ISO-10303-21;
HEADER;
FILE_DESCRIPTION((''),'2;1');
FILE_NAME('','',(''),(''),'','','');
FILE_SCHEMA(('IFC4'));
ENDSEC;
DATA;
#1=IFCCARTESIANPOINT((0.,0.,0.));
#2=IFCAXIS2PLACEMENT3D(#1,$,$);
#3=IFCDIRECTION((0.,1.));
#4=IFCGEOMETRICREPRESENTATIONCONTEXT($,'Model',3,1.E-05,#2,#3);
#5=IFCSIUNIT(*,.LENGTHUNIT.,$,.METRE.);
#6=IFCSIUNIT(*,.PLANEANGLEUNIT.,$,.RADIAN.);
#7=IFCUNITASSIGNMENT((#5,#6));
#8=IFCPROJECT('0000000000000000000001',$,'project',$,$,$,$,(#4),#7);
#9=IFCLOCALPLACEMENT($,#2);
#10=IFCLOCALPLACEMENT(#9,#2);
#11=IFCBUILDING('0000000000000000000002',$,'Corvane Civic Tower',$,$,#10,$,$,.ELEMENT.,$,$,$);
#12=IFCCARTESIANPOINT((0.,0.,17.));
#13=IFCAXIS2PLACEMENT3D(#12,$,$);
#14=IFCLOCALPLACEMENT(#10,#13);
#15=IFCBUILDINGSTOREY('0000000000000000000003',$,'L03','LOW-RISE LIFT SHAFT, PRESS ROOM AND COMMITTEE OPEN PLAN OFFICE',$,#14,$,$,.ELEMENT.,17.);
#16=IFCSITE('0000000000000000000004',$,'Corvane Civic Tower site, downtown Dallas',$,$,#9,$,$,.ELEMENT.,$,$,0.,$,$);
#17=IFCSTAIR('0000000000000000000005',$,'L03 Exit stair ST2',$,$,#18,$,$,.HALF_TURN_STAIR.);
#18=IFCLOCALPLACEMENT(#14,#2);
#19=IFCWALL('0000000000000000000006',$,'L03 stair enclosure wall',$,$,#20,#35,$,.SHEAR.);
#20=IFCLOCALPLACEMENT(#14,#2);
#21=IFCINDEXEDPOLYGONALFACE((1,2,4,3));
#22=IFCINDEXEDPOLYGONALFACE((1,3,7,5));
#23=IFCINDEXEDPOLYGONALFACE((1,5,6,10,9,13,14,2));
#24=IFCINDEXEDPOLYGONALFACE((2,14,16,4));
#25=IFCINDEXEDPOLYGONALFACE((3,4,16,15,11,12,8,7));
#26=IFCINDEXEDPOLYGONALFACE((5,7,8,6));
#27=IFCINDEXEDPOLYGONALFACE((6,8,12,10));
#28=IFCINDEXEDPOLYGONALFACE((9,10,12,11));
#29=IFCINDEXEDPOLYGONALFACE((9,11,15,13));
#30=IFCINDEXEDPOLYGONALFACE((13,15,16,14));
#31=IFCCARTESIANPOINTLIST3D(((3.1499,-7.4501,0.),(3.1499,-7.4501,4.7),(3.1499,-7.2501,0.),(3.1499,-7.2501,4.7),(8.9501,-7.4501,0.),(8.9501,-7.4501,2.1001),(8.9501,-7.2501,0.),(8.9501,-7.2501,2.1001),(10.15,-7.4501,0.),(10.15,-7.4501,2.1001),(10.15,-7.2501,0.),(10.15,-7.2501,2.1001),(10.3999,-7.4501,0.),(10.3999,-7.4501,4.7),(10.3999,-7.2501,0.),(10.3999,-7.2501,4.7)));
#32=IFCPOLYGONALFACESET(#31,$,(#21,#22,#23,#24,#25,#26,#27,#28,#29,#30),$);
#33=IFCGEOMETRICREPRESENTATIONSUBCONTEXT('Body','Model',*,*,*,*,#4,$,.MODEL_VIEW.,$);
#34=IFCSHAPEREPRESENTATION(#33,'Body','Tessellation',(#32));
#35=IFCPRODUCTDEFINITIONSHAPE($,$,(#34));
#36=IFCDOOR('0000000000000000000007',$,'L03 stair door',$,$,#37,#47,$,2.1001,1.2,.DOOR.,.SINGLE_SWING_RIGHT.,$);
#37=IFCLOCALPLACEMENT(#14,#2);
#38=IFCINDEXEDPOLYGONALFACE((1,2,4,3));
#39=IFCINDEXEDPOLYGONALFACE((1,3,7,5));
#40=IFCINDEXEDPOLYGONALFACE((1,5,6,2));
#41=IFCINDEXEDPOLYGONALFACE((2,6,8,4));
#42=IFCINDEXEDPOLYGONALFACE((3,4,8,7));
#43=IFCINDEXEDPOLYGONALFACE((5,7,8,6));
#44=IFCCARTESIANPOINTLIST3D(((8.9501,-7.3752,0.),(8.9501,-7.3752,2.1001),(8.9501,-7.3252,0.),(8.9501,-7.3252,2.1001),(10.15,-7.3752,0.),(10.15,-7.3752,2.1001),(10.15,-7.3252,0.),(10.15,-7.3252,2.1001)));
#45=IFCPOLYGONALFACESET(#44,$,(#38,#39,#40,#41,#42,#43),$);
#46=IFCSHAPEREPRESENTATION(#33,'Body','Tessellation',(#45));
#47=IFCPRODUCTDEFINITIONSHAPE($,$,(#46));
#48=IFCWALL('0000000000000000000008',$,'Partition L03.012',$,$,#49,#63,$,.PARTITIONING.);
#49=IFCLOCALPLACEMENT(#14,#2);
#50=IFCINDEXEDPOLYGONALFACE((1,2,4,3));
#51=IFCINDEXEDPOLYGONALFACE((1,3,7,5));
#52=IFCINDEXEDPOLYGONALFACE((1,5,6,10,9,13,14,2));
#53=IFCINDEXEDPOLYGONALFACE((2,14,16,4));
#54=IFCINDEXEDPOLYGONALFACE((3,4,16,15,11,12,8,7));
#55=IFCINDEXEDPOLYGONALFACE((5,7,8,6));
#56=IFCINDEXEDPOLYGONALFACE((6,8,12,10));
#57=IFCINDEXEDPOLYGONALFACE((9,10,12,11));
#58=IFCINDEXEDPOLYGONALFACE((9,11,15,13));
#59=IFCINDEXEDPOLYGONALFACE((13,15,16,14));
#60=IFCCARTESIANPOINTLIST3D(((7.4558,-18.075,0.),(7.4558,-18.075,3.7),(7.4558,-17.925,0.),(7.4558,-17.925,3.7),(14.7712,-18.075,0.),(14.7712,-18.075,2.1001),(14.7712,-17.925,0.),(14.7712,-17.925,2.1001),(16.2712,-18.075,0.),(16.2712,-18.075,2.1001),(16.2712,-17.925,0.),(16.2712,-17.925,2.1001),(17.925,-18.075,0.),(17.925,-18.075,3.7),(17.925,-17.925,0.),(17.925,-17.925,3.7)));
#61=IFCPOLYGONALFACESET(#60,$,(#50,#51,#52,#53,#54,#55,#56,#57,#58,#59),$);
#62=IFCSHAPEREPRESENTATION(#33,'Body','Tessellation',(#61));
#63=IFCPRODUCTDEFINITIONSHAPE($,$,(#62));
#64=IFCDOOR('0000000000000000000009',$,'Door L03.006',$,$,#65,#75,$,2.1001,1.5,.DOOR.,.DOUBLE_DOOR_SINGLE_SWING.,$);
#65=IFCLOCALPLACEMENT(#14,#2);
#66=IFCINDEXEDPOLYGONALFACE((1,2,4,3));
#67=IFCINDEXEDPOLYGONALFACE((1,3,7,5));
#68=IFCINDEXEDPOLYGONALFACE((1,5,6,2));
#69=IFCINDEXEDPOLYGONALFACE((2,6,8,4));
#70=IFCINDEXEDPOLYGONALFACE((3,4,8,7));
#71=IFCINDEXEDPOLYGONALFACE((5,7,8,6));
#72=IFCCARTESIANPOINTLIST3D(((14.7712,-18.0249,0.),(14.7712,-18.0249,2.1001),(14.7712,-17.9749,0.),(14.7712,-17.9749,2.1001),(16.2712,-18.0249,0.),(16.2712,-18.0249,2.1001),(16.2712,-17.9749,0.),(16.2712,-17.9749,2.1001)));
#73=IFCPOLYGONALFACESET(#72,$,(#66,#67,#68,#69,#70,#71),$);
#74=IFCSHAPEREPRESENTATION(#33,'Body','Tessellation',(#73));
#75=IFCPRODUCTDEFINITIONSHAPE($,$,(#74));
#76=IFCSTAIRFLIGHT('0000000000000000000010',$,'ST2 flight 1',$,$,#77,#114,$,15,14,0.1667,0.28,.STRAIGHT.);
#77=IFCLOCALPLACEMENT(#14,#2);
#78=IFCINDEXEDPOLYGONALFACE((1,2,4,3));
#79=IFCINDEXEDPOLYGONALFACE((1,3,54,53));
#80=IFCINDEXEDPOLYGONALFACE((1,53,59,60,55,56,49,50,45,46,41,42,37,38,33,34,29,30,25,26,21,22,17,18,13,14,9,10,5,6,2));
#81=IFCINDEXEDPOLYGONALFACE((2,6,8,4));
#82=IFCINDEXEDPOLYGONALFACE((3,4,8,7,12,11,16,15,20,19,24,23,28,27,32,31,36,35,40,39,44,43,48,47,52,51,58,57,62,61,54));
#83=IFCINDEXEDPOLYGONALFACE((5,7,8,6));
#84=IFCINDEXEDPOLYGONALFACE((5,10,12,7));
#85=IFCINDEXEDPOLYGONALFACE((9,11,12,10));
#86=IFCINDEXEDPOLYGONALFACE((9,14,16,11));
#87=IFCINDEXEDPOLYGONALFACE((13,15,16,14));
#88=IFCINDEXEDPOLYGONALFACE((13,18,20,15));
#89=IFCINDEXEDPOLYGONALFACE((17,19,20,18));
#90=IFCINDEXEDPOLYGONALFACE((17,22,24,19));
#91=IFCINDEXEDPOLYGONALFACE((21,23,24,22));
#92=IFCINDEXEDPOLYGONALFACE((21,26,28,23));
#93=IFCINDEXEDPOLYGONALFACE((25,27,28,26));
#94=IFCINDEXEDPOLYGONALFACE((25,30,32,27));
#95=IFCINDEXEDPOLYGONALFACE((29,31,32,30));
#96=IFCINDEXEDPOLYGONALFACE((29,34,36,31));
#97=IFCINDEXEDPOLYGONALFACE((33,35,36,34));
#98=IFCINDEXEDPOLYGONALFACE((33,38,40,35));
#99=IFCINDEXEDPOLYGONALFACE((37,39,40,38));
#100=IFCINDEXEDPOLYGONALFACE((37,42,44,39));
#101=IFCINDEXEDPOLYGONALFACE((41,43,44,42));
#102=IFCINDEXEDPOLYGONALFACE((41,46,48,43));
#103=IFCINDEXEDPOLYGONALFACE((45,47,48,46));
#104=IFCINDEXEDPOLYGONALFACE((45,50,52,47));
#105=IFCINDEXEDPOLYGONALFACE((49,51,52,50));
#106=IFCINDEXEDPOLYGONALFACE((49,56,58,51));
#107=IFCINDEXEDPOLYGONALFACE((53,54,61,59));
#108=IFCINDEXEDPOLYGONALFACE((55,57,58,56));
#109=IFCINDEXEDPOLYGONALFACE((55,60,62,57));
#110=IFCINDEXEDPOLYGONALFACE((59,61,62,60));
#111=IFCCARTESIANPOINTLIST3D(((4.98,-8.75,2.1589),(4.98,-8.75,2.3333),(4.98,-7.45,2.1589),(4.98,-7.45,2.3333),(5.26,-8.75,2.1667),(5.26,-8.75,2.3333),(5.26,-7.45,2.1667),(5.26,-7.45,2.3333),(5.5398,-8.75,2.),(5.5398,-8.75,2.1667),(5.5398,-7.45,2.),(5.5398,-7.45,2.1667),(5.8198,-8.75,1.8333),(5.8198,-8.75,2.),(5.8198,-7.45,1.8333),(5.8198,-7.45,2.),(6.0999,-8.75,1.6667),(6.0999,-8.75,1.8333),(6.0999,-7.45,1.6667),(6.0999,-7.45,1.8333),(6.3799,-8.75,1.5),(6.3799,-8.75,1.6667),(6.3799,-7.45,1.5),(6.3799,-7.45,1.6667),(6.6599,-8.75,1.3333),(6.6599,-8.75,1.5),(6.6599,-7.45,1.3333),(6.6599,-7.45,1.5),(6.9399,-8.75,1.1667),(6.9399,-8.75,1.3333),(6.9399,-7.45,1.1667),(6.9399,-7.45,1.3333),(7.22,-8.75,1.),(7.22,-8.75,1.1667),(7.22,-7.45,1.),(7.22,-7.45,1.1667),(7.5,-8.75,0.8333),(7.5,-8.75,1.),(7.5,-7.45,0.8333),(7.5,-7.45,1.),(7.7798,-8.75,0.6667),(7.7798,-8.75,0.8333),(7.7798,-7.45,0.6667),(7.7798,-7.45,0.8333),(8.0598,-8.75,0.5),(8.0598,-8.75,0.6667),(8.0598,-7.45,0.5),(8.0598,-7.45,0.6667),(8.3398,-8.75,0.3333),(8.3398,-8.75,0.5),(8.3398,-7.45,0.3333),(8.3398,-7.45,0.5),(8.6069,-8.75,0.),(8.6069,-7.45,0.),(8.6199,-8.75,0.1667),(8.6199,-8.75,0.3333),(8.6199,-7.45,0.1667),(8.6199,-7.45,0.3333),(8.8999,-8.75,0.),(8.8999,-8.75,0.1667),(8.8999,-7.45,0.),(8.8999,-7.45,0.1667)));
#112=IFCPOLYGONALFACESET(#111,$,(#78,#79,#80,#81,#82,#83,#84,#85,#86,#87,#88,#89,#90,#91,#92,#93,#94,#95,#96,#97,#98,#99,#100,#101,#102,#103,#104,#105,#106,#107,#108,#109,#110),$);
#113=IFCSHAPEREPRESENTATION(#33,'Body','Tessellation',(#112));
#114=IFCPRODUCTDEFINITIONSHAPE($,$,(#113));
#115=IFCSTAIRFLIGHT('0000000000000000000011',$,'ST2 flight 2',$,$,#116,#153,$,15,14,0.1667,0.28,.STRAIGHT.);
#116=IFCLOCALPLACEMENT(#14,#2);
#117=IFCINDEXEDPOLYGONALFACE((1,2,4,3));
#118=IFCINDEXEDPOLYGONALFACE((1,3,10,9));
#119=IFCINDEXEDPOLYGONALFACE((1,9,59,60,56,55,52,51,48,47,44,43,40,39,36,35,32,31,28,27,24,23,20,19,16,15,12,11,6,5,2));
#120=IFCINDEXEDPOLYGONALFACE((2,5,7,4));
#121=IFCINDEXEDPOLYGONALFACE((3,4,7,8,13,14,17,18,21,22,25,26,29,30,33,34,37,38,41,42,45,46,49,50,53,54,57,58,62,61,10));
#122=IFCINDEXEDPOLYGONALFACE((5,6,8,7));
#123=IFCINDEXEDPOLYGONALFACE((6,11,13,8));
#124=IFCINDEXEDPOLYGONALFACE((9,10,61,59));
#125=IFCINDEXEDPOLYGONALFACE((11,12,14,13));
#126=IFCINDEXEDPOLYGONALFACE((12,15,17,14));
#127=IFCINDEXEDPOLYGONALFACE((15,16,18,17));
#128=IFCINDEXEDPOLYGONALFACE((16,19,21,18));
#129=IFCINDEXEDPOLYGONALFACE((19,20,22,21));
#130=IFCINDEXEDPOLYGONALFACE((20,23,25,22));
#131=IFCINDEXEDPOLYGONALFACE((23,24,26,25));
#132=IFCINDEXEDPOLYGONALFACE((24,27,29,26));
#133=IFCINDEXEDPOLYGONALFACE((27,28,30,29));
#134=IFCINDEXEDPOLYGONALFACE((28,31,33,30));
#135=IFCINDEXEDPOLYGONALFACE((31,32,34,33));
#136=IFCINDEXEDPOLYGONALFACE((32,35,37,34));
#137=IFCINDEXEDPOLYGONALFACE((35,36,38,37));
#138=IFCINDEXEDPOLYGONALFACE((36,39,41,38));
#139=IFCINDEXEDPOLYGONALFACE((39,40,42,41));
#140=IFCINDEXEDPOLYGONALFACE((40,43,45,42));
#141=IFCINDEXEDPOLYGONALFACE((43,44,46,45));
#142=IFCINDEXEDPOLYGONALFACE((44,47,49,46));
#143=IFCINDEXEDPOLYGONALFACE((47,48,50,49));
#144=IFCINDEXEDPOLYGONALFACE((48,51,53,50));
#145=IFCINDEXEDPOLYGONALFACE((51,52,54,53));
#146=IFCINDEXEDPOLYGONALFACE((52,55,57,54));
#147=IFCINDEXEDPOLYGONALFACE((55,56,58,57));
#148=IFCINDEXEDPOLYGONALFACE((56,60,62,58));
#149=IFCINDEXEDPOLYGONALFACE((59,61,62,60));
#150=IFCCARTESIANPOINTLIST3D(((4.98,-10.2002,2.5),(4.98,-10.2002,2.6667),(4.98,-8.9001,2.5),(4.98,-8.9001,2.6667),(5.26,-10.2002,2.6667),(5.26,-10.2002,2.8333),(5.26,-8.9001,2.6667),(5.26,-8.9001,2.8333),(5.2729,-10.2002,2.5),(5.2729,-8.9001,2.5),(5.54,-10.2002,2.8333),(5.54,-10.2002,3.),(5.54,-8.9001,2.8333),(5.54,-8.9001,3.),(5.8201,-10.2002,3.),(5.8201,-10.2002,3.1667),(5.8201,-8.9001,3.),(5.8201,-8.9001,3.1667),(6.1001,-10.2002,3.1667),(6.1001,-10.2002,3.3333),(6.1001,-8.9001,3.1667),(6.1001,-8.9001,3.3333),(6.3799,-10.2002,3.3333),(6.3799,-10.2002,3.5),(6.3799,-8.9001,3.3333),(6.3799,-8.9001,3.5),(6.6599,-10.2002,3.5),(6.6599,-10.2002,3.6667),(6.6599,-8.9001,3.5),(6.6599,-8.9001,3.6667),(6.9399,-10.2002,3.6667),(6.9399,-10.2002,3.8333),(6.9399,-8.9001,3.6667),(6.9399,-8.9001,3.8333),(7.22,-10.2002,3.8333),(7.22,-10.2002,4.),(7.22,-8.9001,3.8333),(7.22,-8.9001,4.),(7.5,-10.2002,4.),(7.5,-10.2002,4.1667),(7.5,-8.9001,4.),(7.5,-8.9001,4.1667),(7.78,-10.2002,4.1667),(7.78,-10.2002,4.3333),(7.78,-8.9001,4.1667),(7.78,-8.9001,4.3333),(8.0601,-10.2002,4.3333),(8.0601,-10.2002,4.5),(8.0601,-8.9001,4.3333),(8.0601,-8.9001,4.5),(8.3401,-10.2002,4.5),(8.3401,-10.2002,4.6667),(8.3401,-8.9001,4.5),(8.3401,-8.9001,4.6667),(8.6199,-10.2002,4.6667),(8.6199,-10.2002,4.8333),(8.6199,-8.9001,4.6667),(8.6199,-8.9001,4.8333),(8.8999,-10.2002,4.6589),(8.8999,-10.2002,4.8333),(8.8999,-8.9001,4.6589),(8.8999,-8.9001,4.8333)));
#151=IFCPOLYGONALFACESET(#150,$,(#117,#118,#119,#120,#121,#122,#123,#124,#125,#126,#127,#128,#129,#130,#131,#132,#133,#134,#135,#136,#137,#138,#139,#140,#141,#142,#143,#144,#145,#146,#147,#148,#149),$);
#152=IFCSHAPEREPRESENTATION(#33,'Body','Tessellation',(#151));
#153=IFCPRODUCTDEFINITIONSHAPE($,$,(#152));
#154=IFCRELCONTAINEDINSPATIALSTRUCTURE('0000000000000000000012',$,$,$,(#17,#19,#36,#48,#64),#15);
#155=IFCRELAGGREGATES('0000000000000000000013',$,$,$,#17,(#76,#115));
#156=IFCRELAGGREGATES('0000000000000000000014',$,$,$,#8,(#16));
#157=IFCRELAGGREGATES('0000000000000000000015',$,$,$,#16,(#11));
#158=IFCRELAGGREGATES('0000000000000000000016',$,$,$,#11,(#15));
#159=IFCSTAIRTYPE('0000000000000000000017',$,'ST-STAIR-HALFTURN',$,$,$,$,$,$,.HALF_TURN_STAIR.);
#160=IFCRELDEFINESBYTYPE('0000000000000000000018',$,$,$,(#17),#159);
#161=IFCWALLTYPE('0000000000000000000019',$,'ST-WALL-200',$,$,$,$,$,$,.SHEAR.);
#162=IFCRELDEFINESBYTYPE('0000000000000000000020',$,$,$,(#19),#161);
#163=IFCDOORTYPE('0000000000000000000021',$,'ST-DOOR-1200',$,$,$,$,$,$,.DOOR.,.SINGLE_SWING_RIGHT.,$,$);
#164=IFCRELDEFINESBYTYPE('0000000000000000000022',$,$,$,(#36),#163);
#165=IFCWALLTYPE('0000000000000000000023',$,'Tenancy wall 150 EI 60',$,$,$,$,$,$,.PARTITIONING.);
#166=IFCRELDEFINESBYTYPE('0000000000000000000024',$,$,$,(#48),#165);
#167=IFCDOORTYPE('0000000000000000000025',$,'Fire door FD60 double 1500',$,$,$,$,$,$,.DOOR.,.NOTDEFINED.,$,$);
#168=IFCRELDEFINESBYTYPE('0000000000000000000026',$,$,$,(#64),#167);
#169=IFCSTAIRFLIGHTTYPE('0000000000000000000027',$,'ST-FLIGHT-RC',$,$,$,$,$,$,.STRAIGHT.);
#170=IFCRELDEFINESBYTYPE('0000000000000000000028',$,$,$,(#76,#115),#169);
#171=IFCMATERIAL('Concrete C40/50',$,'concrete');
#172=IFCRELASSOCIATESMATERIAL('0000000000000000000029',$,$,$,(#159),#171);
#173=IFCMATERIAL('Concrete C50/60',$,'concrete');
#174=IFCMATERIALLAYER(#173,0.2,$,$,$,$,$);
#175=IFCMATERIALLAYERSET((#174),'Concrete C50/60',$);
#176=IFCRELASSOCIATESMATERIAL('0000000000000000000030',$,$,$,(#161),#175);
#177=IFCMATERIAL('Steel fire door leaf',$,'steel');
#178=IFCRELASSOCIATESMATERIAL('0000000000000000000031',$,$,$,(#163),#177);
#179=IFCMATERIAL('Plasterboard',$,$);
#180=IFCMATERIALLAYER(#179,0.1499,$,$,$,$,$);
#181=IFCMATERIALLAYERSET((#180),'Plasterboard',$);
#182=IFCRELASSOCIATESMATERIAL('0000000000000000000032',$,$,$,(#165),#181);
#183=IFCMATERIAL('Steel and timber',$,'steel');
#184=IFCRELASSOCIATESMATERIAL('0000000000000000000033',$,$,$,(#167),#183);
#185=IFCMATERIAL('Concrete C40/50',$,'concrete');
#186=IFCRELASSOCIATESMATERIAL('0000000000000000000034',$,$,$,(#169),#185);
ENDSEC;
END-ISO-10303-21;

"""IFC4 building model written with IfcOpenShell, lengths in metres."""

from ifc_helpers import new_model, si_unit, direction, frame, frame_2d, origin, place, context, subcontext, project, spatial, polyline, rectangle, outline, extrude, material, layer, layer_set, type_object, element, fill, aggregate, save


model = new_model("IFC4")

# Units and contexts
model_context = context("Model", 3, precision=1e-05, world=origin(), true_north=direction((0.0, 1.0)))
body_context = subcontext(model_context, "Body", "Model", "MODEL_VIEW")
ifc_project = project(units=[si_unit("LENGTHUNIT", "METRE"), si_unit("PLANEANGLEUNIT", "RADIAN")], contexts=[model_context])

# Site, building, storey
site_placement = place(None, origin())
site = spatial("IfcSite", under=ifc_project, at=site_placement, Name="Corvane Civic Tower site, downtown Dallas", CompositionType="ELEMENT", RefElevation=0.0)
building_placement = place(site_placement, origin())
building = spatial("IfcBuilding", under=site, at=building_placement, Name="Corvane Civic Tower", CompositionType="ELEMENT")
storey_placement = place(building_placement, frame((0.0, 0.0, 17.0)))
storey = spatial("IfcBuildingStorey", under=building, at=storey_placement, Name="L03", Description="LOW-RISE LIFT SHAFT, PRESS ROOM AND COMMITTEE OPEN PLAN OFFICE", CompositionType="ELEMENT", Elevation=17.0)

# Stair
ifc_material_1 = material(Name="Concrete C40/50", Category="concrete")
stair_type = type_object("IfcStairType", Name="ST-STAIR-HALFTURN", PredefinedType="HALF_TURN_STAIR", material=ifc_material_1)
stair_1_placement = place(storey_placement, origin())
stair_1 = element("IfcStair", 1, at=stair_1_placement, inside=storey, type_object=stair_type, Name="L03 Exit stair ST2", PredefinedType="HALF_TURN_STAIR")

# Walls, openings, doors
ifc_material_2 = material(Name="Concrete C50/60", Category="concrete")
ifc_layer_1 = layer(ifc_material_2, 0.2)
ifc_layer_set_1 = layer_set([ifc_layer_1], Name="Concrete C50/60")
wall_type_1 = type_object("IfcWallType", Name="ST-WALL-200", PredefinedType="SHEAR", material=ifc_layer_set_1)
wall_1_placement = place(storey_placement, frame((3.1499, -7.3501, 0.0), z_axis=(0.0, 0.0, 1.0), x_axis=(1.0, 0.0, 0.0)))
wall_1 = element("IfcWall", 2, at=wall_1_placement, inside=storey, type_object=wall_type_1, Name="L03 stair enclosure wall", PredefinedType="SHEAR", context=body_context, shape_type="SweptSolid", body=[
    extrude(rectangle(XDim=7.25, YDim=0.2, at=frame_2d((3.625, 0.0))), origin(), (0.0, 0.0, 1.0), 4.7),
])
opening_1_placement = place(wall_1_placement, frame((5.8, 0.0, 0.0)))
opening_1 = element("IfcOpeningElement", 3, at=opening_1_placement, cuts=wall_1, PredefinedType="OPENING", context=body_context, shape_type="SweptSolid", body=[
    extrude(rectangle(XDim=1.2, YDim=2.1001, at=frame_2d((0.6001, 1.05))), frame((0.0, 0.1099, 0.0), z_axis=(0.0, -1.0, 0.0), x_axis=(1.0, 0.0, 0.0)), (0.0, 0.0, 1.0), 0.22),
])
ifc_material_3 = material(Name="Steel fire door leaf", Category="steel")
door_type_1 = type_object("IfcDoorType", Name="ST-DOOR-1200", OperationType="SINGLE_SWING_RIGHT", PredefinedType="DOOR", material=ifc_material_3)
door_1_placement = place(opening_1_placement, origin())
door_1 = element("IfcDoor", 4, at=door_1_placement, inside=storey, type_object=door_type_1, Name="L03 stair door", OperationType="SINGLE_SWING_RIGHT", OverallHeight=2.1001, OverallWidth=1.2, PredefinedType="DOOR", context=body_context, shape_type="SweptSolid", body=[
    extrude(rectangle(XDim=1.2, YDim=2.1001, at=frame_2d((0.6001, 1.05))), frame((0.0, 0.0249, 0.0), z_axis=(0.0, -1.0, 0.0), x_axis=(1.0, 0.0, 0.0)), (0.0, 0.0, 1.0), 0.05),
])
fill(opening_1, door_1)
ifc_material_4 = material(Name="Plasterboard")
ifc_layer_2 = layer(ifc_material_4, 0.1499)
ifc_layer_set_2 = layer_set([ifc_layer_2], Name="Plasterboard")
wall_type_2 = type_object("IfcWallType", Name="Tenancy wall 150 EI 60", PredefinedType="PARTITIONING", material=ifc_layer_set_2)
wall_2_placement = place(storey_placement, frame((7.4558, -18.0, 0.0), z_axis=(0.0, 0.0, 1.0), x_axis=(1.0, 0.0, 0.0)))
wall_2 = element("IfcWall", 5, at=wall_2_placement, inside=storey, type_object=wall_type_2, Name="Partition L03.012", PredefinedType="PARTITIONING", context=body_context, shape_type="SweptSolid", body=[
    extrude(rectangle(XDim=10.4692, YDim=0.1499, at=frame_2d((5.2346, 0.0))), origin(), (0.0, 0.0, 1.0), 3.7),
])
opening_2_placement = place(wall_2_placement, frame((7.3154, 0.0, 0.0)))
opening_2 = element("IfcOpeningElement", 6, at=opening_2_placement, cuts=wall_2, PredefinedType="OPENING", context=body_context, shape_type="SweptSolid", body=[
    extrude(rectangle(XDim=1.5, YDim=2.1001, at=frame_2d((0.75, 1.05))), frame((0.0, 0.085, 0.0), z_axis=(0.0, -1.0, 0.0), x_axis=(1.0, 0.0, 0.0)), (0.0, 0.0, 1.0), 0.1699),
])
ifc_material_5 = material(Name="Steel and timber", Category="steel")
door_type_2 = type_object("IfcDoorType", Name="Fire door FD60 double 1500", OperationType="NOTDEFINED", PredefinedType="DOOR", material=ifc_material_5)
door_2_placement = place(opening_2_placement, frame((1.5, 0.0, 0.0), z_axis=(0.0, 0.0, 1.0), x_axis=(-1.0, 0.0, 0.0)))
door_2 = element("IfcDoor", 7, at=door_2_placement, inside=storey, type_object=door_type_2, Name="Door L03.006", OperationType="DOUBLE_DOOR_SINGLE_SWING", OverallHeight=2.1001, OverallWidth=1.5, PredefinedType="DOOR", context=body_context, shape_type="SweptSolid", body=[
    extrude(rectangle(XDim=1.5, YDim=2.1001, at=frame_2d((0.75, 1.05))), frame((0.0, 0.0249, 0.0), z_axis=(0.0, -1.0, 0.0), x_axis=(1.0, 0.0, 0.0)), (0.0, 0.0, 1.0), 0.05),
])
fill(opening_2, door_2)

# Stair flights
ifc_material_6 = material(Name="Concrete C40/50", Category="concrete")
stair_flight_type = type_object("IfcStairFlightType", Name="ST-FLIGHT-RC", PredefinedType="STRAIGHT", material=ifc_material_6)
stair_flight_1_placement = place(storey_placement, frame((8.8999, -8.1001, 0.0), z_axis=(0.0, 0.0, 1.0), x_axis=(-1.0, 0.0, 0.0)))
stair_flight_1 = element("IfcStairFlight", 8, at=stair_flight_1_placement, type_object=stair_flight_type, Name="ST2 flight 1", NumberOfRisers=15, NumberOfTreads=14, PredefinedType="STRAIGHT", RiserHeight=0.1667, TreadLength=0.28, context=body_context, shape_type="SweptSolid", body=[
    extrude(outline(polyline([(0.0, 0.0), (0.0, 0.1667), (0.28, 0.1667), (0.28, 0.3333), (0.5601, 0.3333), (0.5601, 0.5), (0.8401, 0.5), (0.8401, 0.6667), (1.1201, 0.6667), (1.1201, 0.8333), (1.3999, 0.8333), (1.3999, 1.0), (1.6799, 1.0), (1.6799, 1.1667), (1.96, 1.1667), (1.96, 1.3333), (2.24, 1.3333), (2.24, 1.5), (2.52, 1.5), (2.52, 1.6667), (2.8, 1.6667), (2.8, 1.8333), (3.0801, 1.8333), (3.0801, 2.0), (3.3601, 2.0), (3.3601, 2.1667), (3.6399, 2.1667), (3.6399, 2.3333), (3.9199, 2.3333), (3.9199, 2.5), (3.9199, 2.1589), (0.293, 0.0), (0.0, 0.0)])), frame((0.0, 0.6499, 0.0), z_axis=(0.0, -1.0, 0.0), x_axis=(1.0, 0.0, 0.0)), (0.0, 0.0, 1.0), 1.3),
])
stair_flight_2_placement = place(storey_placement, frame((4.98, -9.55, 2.5), z_axis=(0.0, 0.0, 1.0), x_axis=(1.0, 0.0, 0.0)))
stair_flight_2 = element("IfcStairFlight", 9, at=stair_flight_2_placement, type_object=stair_flight_type, Name="ST2 flight 2", NumberOfRisers=15, NumberOfTreads=14, PredefinedType="STRAIGHT", RiserHeight=0.1667, TreadLength=0.28, context=body_context, shape_type="SweptSolid", body=[
    extrude(outline(polyline([(0.0, 0.0), (0.0, 0.1667), (0.28, 0.1667), (0.28, 0.3333), (0.5601, 0.3333), (0.5601, 0.5), (0.8401, 0.5), (0.8401, 0.6667), (1.1201, 0.6667), (1.1201, 0.8333), (1.3999, 0.8333), (1.3999, 1.0), (1.6799, 1.0), (1.6799, 1.1667), (1.96, 1.1667), (1.96, 1.3333), (2.24, 1.3333), (2.24, 1.5), (2.52, 1.5), (2.52, 1.6667), (2.8, 1.6667), (2.8, 1.8333), (3.0801, 1.8333), (3.0801, 2.0), (3.3601, 2.0), (3.3601, 2.1667), (3.6399, 2.1667), (3.6399, 2.3333), (3.9199, 2.3333), (3.9199, 2.5), (3.9199, 2.1589), (0.293, 0.0), (0.0, 0.0)])), frame((0.0, 0.6499, 0.0), z_axis=(0.0, -1.0, 0.0), x_axis=(1.0, 0.0, 0.0)), (0.0, 0.0, 1.0), 1.3),
])
aggregate(stair_1, [stair_flight_1, stair_flight_2])

save(model, "model.ifc")
